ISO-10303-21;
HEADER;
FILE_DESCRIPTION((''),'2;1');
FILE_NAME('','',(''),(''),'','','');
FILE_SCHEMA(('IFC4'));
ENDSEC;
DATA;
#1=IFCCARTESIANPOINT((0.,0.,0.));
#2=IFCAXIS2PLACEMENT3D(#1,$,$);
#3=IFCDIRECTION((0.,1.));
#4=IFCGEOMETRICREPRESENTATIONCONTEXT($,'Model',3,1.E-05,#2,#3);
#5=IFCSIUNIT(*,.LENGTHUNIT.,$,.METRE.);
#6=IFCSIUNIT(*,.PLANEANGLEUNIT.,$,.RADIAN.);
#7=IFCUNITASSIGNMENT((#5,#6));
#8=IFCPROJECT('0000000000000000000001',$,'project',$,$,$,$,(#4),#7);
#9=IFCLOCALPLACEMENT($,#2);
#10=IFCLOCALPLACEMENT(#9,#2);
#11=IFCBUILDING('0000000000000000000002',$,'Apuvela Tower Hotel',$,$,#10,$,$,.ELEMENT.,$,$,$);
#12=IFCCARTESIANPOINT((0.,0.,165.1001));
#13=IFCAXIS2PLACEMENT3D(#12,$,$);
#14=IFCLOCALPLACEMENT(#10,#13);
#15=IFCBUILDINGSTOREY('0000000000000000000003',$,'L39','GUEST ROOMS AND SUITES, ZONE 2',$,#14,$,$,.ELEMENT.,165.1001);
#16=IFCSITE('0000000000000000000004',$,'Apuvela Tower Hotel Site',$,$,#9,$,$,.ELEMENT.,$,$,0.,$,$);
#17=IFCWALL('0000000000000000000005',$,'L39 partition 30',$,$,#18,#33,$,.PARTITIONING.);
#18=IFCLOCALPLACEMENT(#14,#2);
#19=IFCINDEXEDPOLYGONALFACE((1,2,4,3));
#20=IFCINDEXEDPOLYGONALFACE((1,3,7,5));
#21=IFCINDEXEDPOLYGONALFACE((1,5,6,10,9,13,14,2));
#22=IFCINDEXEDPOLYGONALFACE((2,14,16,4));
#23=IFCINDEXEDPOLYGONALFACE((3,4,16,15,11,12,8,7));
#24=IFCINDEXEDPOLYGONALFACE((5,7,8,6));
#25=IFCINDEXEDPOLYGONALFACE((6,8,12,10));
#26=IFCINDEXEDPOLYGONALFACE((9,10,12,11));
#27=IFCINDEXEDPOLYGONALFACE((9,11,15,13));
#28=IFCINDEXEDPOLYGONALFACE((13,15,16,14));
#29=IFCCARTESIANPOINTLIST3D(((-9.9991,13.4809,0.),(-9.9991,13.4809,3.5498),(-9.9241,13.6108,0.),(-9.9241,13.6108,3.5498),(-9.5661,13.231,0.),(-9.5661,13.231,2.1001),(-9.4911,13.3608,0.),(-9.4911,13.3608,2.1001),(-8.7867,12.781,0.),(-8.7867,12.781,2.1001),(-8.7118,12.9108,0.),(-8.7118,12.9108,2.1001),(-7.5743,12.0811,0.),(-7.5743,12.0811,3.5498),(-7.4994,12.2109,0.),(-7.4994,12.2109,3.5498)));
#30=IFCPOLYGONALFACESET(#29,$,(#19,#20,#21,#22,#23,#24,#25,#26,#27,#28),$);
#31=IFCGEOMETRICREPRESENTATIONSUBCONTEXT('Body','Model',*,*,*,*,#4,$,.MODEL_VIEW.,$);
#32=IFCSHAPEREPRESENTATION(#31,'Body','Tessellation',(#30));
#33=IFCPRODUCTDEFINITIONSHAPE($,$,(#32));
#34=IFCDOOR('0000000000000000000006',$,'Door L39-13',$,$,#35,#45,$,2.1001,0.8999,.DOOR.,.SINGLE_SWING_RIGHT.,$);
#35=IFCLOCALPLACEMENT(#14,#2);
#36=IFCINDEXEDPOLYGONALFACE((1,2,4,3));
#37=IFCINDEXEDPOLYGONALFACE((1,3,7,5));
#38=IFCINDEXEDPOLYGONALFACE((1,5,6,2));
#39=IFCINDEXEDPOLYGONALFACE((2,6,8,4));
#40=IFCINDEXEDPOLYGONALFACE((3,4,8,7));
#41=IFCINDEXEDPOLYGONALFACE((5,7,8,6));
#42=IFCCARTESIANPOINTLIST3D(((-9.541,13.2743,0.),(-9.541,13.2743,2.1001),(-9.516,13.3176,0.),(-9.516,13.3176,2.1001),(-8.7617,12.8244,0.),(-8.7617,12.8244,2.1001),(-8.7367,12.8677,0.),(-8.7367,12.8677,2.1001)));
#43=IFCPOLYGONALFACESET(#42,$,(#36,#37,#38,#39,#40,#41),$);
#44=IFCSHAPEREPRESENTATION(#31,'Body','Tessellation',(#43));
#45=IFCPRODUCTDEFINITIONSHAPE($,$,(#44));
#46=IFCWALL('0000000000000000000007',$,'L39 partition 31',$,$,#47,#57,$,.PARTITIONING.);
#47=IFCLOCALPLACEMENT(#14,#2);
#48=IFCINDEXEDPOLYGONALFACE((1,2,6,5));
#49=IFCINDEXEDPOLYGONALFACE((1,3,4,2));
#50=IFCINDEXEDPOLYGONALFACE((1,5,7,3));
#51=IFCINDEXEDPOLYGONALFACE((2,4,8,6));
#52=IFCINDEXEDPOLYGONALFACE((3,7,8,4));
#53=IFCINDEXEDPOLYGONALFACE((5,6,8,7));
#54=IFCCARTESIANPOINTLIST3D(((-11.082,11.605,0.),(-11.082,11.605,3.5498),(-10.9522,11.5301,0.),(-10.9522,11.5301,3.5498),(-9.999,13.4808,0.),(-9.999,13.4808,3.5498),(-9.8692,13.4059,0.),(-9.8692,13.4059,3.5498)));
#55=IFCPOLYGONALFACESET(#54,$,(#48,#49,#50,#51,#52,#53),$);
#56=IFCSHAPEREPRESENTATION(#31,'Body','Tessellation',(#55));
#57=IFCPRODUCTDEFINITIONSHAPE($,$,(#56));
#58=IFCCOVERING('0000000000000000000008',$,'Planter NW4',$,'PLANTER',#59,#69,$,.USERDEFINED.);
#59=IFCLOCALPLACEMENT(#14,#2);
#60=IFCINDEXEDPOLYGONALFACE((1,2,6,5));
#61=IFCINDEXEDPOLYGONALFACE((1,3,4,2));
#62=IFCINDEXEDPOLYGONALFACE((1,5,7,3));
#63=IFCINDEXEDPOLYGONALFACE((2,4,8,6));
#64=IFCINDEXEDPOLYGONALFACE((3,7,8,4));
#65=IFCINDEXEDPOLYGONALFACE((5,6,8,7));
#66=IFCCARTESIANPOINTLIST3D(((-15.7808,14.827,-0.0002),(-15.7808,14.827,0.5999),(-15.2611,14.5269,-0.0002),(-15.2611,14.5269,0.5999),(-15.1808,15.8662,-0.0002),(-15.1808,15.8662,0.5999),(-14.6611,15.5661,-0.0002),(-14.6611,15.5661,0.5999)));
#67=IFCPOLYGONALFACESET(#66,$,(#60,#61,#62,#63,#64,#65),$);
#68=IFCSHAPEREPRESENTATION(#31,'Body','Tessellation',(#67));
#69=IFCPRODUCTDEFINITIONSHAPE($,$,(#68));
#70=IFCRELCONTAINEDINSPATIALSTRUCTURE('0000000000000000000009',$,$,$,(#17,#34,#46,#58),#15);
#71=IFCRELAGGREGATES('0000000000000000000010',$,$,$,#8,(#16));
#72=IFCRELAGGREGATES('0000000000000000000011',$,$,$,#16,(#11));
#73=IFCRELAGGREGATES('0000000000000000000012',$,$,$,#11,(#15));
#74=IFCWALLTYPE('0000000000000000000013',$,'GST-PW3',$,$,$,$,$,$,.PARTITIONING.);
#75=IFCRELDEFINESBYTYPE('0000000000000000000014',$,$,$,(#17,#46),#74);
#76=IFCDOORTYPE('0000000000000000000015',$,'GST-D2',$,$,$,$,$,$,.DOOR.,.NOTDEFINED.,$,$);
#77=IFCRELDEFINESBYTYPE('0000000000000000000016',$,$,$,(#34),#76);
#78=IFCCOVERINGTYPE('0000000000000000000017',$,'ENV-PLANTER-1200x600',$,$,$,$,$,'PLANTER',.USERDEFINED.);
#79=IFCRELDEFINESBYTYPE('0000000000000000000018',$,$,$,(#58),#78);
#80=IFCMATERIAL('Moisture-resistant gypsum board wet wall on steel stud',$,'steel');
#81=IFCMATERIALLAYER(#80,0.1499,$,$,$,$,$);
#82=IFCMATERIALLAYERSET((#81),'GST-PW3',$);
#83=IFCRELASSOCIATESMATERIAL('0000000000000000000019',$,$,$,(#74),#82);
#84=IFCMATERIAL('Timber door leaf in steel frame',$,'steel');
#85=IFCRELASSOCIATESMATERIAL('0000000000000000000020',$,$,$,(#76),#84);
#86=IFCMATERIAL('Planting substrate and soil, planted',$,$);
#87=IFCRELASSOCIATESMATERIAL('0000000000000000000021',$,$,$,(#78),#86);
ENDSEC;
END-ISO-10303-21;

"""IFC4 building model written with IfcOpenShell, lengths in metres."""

from ifc_helpers import new_model, si_unit, direction, frame, frame_2d, origin, origin_2d, place, context, subcontext, project, spatial, rectangle, extrude, material, layer, layer_set, type_object, element, fill, save


model = new_model("IFC4")

# Units and contexts
model_context = context("Model", 3, precision=1e-05, world=origin(), true_north=direction((0.0, 1.0)))
body_context = subcontext(model_context, "Body", "Model", "MODEL_VIEW")
ifc_project = project(units=[si_unit("LENGTHUNIT", "METRE"), si_unit("PLANEANGLEUNIT", "RADIAN")], contexts=[model_context])

# Site, building, storey
site_placement = place(None, origin())
site = spatial("IfcSite", under=ifc_project, at=site_placement, Name="Apuvela Tower Hotel Site", CompositionType="ELEMENT", RefElevation=0.0)
building_placement = place(site_placement, origin())
building = spatial("IfcBuilding", under=site, at=building_placement, Name="Apuvela Tower Hotel", CompositionType="ELEMENT")
storey_placement = place(building_placement, frame((0.0, 0.0, 165.1001)))
storey = spatial("IfcBuildingStorey", under=building, at=storey_placement, Name="L39", Description="GUEST ROOMS AND SUITES, ZONE 2", CompositionType="ELEMENT", Elevation=165.1001)

# Wall, opening, door
ifc_material_1 = material(Name="Moisture-resistant gypsum board wet wall on steel stud", Category="steel")
ifc_layer_1 = layer(ifc_material_1, 0.1499)
ifc_layer_set_1 = layer_set([ifc_layer_1], Name="GST-PW3")
wall_type_1 = type_object("IfcWallType", Name="GST-PW3", PredefinedType="PARTITIONING", material=ifc_layer_set_1)
wall_1_placement = place(storey_placement, frame((-7.5369, 12.146, 0.0), z_axis=(0.0, 0.0, 1.0), x_axis=(-0.866035, 0.499984, 0.0)))
wall_1 = element("IfcWall", 1, at=wall_1_placement, inside=storey, type_object=wall_type_1, Name="L39 partition 30", PredefinedType="PARTITIONING", context=body_context, shape_type="SweptSolid", body=[
    extrude(rectangle(XDim=2.7998, YDim=0.1499, at=frame_2d((1.3999, 0.0))), origin(), (0.0, 0.0, 1.0), 3.5498),
])
opening_1_placement = place(wall_1_placement, frame((1.3999, 0.0, 0.0)))
opening_1 = element("IfcOpeningElement", 2, at=opening_1_placement, cuts=wall_1, PredefinedType="OPENING", context=body_context, shape_type="SweptSolid", body=[
    extrude(rectangle(XDim=0.8999, YDim=2.1001, at=frame_2d((0.45, 1.05))), frame((0.0, 0.085, 0.0), z_axis=(0.0, -1.0, 0.0), x_axis=(1.0, 0.0, 0.0)), (0.0, 0.0, 1.0), 0.1699),
])
ifc_material_2 = material(Name="Timber door leaf in steel frame", Category="steel")
door_type_1 = type_object("IfcDoorType", Name="GST-D2", OperationType="NOTDEFINED", PredefinedType="DOOR", material=ifc_material_2)
door_1_placement = place(opening_1_placement, origin())
door_1 = element("IfcDoor", 3, at=door_1_placement, inside=storey, type_object=door_type_1, Name="Door L39-13", OperationType="SINGLE_SWING_RIGHT", OverallHeight=2.1001, OverallWidth=0.8999, PredefinedType="DOOR", context=body_context, shape_type="SweptSolid", body=[
    extrude(rectangle(XDim=0.8999, YDim=2.1001, at=frame_2d((0.45, 1.05))), frame((0.0, 0.0249, 0.0), z_axis=(0.0, -1.0, 0.0), x_axis=(1.0, 0.0, 0.0)), (0.0, 0.0, 1.0), 0.05),
])
fill(opening_1, door_1)

# Wall
wall_2_placement = place(storey_placement, frame((-9.9341, 13.4434, 0.0), z_axis=(0.0, 0.0, 1.0), x_axis=(-0.500018, -0.866015, 0.0)))
element("IfcWall", 4, at=wall_2_placement, inside=storey, type_object=wall_type_1, Name="L39 partition 31", PredefinedType="PARTITIONING", context=body_context, shape_type="SweptSolid", body=[
    extrude(rectangle(XDim=2.166, YDim=0.1499, at=frame_2d((1.083, 0.0))), origin(), (0.0, 0.0, 1.0), 3.5498),
])

# Covering
ifc_material_3 = material(Name="Planting substrate and soil, planted")
covering_type = type_object("IfcCoveringType", Name="ENV-PLANTER-1200x600", ElementType="PLANTER", PredefinedType="USERDEFINED", material=ifc_material_3)
covering_placement = place(storey_placement, frame((-15.2209, 15.1965, -0.0002), z_axis=(0.0, 0.0, 1.0), x_axis=(-0.5, -0.866025, 0.0)))
element("IfcCovering", 5, at=covering_placement, inside=storey, type_object=covering_type, Name="Planter NW4", ObjectType="PLANTER", PredefinedType="USERDEFINED", context=body_context, shape_type="SweptSolid", body=[
    extrude(rectangle(XDim=1.2, YDim=0.6001, at=origin_2d()), origin(), (0.0, 0.0, 1.0), 0.6001),
])

save(model, "model.ifc")
